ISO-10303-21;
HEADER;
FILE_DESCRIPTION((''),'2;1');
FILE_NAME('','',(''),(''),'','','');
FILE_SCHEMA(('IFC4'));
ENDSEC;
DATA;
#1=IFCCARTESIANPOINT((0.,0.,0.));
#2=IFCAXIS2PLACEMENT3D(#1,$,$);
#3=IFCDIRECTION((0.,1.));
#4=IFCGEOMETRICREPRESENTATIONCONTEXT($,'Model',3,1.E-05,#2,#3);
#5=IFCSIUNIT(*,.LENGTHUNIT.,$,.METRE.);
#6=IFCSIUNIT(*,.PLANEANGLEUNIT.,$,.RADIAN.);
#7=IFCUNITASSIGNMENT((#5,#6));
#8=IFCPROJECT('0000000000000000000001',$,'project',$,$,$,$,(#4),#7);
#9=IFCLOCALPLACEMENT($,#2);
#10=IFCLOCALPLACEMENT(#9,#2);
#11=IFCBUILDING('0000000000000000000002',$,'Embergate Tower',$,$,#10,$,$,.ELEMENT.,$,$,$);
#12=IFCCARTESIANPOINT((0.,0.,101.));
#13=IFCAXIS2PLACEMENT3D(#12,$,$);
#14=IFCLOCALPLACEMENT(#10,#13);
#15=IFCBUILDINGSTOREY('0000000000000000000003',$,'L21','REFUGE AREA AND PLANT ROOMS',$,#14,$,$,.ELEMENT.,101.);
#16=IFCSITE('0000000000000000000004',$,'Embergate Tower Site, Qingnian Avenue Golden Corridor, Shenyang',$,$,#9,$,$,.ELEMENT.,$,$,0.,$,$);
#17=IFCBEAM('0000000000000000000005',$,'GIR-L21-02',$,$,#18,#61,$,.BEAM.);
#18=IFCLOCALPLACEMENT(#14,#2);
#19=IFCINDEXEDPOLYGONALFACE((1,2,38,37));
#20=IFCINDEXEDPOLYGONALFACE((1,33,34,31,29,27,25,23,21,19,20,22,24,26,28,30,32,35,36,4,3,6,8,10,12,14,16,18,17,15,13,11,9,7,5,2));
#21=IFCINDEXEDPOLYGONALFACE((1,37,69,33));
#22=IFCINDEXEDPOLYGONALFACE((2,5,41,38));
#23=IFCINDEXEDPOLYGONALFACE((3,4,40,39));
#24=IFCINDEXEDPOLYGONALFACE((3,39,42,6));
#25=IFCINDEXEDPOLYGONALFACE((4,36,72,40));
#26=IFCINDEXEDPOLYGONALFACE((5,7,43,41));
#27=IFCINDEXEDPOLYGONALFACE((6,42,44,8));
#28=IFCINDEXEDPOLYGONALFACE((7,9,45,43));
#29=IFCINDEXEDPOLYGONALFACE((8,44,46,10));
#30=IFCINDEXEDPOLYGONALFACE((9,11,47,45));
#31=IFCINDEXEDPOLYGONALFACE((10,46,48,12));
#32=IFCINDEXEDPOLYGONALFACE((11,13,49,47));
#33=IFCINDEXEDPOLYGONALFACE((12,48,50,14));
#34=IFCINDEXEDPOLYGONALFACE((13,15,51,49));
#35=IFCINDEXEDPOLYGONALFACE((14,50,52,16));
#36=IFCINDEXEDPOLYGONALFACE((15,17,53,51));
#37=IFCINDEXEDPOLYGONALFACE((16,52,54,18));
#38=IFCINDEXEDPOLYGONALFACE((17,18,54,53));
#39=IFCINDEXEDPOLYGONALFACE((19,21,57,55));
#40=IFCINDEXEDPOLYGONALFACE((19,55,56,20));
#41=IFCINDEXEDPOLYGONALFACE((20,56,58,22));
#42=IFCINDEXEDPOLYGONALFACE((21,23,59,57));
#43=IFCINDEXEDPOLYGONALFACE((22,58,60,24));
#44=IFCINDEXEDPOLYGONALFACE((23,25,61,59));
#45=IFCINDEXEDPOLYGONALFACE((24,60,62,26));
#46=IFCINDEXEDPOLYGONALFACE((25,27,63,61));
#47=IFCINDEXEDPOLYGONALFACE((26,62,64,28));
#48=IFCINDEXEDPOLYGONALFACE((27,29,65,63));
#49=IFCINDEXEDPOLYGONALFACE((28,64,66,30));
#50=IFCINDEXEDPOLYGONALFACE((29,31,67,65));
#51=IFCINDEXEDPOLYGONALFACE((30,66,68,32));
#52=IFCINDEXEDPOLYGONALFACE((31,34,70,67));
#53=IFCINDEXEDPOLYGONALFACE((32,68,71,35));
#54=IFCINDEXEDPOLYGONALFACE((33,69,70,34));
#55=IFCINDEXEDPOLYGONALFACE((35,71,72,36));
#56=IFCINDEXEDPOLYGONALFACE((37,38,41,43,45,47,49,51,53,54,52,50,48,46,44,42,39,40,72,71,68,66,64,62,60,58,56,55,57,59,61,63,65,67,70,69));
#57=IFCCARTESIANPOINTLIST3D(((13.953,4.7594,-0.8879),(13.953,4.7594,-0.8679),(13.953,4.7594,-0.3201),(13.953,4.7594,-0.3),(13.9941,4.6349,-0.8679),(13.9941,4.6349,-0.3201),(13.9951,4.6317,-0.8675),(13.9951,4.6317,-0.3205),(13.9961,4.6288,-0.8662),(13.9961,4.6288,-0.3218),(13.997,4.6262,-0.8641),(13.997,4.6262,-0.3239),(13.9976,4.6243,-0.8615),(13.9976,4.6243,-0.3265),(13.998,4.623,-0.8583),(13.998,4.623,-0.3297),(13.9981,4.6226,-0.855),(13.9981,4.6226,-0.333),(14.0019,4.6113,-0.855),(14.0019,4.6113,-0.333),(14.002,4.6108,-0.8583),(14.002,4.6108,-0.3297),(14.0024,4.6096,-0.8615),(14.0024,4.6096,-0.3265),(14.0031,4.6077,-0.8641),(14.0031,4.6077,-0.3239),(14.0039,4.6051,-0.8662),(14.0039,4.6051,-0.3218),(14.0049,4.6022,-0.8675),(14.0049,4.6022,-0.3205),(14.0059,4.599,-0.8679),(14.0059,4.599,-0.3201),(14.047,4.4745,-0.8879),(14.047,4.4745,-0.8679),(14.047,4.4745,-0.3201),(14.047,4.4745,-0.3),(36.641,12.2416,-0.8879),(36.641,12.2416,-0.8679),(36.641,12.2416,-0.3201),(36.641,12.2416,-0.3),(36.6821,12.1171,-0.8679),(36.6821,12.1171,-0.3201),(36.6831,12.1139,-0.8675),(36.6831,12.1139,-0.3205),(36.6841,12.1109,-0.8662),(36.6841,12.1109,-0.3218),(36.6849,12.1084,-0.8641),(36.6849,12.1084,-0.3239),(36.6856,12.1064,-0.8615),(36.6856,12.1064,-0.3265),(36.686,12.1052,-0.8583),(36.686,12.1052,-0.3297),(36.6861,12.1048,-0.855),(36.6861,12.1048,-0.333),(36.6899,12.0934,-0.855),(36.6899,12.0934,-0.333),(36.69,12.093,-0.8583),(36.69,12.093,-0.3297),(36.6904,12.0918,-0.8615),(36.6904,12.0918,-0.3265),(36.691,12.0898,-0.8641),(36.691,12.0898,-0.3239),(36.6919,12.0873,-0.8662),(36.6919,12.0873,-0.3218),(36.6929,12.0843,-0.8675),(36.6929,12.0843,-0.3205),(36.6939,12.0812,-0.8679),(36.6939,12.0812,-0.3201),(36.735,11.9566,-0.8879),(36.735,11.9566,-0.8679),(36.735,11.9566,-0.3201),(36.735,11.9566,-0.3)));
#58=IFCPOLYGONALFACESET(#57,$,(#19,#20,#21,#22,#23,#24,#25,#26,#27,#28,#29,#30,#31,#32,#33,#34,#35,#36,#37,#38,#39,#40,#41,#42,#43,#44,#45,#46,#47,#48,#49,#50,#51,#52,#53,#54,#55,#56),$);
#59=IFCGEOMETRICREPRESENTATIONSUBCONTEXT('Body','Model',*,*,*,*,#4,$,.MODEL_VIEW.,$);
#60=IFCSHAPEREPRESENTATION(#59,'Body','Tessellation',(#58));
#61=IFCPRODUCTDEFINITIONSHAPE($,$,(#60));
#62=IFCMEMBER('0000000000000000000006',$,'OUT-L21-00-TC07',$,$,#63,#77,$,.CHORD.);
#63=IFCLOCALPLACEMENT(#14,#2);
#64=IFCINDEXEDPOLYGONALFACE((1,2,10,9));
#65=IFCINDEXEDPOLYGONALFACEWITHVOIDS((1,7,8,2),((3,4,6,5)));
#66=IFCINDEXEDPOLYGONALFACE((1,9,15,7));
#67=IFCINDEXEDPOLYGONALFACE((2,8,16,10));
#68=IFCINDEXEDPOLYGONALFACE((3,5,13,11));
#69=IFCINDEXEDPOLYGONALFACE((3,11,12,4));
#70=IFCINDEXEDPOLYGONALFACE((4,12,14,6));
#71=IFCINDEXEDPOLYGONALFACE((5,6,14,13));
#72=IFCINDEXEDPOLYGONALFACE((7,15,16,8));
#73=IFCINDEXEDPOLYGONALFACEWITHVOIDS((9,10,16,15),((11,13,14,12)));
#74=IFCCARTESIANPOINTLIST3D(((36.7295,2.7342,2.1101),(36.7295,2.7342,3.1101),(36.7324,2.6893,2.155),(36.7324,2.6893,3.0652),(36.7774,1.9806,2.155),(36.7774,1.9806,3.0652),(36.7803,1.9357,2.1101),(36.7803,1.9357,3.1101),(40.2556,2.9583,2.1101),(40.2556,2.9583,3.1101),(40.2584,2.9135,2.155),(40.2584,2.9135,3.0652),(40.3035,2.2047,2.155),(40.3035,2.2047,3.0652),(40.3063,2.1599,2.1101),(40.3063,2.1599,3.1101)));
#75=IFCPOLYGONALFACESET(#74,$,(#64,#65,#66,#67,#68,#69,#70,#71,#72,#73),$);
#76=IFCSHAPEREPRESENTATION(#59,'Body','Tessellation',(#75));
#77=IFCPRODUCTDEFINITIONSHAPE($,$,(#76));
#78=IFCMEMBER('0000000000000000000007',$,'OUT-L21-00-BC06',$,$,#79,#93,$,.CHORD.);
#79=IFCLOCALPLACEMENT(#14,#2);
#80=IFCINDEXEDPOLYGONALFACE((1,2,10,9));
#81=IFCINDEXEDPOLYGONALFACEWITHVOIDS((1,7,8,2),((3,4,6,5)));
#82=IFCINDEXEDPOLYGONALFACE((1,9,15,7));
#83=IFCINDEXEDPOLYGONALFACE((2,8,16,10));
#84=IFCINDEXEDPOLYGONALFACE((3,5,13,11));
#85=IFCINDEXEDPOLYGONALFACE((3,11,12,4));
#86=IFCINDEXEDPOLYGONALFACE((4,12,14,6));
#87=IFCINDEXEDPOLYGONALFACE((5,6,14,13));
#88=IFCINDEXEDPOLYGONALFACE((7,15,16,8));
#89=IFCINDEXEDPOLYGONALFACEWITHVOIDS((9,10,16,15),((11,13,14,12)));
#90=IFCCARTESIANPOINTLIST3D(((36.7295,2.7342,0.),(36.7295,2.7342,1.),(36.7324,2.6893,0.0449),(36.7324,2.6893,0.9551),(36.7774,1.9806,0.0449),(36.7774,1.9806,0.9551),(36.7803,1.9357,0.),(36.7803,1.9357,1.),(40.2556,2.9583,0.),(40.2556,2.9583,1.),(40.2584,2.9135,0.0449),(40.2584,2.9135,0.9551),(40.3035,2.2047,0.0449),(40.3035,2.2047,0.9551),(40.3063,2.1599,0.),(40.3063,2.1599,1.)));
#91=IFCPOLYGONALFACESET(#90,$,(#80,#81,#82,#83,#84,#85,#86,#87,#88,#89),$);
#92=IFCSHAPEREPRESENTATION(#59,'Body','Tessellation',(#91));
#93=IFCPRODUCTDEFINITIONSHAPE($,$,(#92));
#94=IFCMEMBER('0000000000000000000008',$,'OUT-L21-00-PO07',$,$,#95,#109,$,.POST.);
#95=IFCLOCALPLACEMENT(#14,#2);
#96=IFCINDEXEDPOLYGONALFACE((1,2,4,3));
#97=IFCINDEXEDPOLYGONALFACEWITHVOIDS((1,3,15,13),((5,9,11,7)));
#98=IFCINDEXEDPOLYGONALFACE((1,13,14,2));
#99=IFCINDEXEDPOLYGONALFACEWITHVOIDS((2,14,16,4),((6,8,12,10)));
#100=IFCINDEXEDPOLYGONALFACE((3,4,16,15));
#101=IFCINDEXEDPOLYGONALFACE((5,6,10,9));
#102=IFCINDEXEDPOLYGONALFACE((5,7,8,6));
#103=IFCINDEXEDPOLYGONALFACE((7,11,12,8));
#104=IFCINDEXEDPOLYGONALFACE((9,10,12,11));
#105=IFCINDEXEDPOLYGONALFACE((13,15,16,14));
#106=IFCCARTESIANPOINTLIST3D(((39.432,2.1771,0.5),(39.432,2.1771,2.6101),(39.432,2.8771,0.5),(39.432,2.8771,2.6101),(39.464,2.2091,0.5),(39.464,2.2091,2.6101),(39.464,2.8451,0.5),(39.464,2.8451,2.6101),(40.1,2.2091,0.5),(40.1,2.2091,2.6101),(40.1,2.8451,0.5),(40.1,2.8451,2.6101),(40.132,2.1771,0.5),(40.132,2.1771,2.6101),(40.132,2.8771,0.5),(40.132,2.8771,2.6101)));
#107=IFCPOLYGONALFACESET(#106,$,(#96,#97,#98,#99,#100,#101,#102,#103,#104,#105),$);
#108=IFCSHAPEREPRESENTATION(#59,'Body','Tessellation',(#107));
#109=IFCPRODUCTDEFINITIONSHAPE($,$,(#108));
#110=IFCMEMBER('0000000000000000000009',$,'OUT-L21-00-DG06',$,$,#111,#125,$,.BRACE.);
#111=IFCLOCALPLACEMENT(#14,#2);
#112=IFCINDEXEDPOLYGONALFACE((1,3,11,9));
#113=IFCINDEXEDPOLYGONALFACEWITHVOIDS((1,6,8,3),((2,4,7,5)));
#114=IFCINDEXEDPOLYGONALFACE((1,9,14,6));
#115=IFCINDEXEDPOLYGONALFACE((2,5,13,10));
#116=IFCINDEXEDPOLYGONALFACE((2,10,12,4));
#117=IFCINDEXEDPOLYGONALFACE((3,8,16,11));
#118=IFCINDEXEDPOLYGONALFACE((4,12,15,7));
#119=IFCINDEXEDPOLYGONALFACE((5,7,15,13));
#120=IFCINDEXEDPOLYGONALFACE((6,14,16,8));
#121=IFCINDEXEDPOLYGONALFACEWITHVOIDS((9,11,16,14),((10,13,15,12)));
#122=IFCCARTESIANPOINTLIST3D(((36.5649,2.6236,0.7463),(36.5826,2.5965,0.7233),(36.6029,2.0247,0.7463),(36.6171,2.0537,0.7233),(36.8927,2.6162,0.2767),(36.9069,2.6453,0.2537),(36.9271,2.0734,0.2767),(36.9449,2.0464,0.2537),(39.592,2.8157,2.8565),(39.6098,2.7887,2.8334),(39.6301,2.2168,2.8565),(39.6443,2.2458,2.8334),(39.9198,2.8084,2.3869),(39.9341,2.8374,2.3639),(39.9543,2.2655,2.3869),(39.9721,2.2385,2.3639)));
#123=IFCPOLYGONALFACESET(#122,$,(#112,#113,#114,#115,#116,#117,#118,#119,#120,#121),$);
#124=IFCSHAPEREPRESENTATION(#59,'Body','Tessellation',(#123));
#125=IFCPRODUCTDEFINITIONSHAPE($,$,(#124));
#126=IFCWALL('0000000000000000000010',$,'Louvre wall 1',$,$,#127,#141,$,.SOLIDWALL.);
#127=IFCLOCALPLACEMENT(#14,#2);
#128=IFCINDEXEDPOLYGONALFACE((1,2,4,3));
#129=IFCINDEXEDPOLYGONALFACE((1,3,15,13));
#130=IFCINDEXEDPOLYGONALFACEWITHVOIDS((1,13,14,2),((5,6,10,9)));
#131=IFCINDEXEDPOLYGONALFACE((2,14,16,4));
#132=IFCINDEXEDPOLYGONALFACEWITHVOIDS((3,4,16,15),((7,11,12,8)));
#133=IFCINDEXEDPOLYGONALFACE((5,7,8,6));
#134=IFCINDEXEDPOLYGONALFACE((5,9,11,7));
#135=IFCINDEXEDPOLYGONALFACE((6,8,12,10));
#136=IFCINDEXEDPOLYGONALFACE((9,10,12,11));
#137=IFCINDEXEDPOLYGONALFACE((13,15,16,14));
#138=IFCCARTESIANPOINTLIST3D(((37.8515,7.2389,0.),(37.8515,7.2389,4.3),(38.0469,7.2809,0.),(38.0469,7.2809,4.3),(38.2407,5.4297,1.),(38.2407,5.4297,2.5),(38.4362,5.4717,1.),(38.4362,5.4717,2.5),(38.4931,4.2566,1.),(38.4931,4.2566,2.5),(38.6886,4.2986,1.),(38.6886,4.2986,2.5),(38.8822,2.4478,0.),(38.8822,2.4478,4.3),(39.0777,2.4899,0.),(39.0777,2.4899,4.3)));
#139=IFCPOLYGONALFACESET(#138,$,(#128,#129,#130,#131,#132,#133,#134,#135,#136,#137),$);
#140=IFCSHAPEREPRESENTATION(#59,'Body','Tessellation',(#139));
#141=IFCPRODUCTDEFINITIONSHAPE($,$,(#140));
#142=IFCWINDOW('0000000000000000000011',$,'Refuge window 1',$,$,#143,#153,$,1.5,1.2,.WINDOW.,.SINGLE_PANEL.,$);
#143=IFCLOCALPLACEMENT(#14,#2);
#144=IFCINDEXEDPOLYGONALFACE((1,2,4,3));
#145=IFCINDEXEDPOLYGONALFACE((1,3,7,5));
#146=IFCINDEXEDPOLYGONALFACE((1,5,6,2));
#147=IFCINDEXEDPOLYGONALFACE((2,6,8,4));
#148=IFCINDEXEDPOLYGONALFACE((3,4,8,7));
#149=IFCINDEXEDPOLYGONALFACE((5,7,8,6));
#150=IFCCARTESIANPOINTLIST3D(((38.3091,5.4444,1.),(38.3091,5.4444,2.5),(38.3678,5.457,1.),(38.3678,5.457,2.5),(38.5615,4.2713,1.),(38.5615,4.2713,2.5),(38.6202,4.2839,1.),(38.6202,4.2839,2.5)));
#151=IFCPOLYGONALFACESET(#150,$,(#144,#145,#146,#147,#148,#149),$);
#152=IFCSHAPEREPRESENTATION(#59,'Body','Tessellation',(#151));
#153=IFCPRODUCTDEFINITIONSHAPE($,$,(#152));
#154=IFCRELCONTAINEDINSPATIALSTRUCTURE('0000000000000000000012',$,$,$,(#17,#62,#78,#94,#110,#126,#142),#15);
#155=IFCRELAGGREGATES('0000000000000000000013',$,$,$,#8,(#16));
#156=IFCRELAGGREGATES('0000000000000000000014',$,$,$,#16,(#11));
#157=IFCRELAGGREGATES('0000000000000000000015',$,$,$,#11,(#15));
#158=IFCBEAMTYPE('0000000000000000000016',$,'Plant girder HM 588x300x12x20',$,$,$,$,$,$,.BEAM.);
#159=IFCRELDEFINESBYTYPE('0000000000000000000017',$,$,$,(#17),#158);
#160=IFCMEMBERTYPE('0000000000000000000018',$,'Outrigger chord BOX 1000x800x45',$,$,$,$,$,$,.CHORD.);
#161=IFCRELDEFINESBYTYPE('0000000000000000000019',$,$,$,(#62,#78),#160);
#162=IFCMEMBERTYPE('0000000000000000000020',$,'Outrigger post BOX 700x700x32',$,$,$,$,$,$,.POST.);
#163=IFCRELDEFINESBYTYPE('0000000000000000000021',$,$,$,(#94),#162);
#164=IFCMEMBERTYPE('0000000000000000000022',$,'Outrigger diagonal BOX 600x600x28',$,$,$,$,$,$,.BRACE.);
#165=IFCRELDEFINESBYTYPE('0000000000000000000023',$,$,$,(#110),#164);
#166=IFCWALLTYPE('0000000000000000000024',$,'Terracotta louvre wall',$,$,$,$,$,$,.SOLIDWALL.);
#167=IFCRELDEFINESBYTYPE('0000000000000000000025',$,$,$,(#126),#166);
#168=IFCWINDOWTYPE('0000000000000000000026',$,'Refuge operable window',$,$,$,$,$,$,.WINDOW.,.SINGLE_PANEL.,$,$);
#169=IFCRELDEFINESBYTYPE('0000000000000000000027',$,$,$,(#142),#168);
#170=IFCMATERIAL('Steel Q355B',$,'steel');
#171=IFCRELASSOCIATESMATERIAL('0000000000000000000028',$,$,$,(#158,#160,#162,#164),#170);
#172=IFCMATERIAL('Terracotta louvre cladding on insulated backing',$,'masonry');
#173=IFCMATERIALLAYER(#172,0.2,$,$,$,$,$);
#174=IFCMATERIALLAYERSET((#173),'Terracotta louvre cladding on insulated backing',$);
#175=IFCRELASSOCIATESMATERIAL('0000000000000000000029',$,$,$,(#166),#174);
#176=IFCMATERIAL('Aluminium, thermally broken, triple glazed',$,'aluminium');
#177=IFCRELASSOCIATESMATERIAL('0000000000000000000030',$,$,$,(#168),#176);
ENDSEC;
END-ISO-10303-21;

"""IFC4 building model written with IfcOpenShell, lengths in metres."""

from ifc_helpers import new_model, si_unit, direction, frame, frame_2d, origin, origin_2d, place, context, subcontext, project, spatial, rectangle, hollow_rectangle, i_section, extrude, source, transform, mapped, material, layer, layer_set, material_profile, profile_set, type_object, element, fill, save


model = new_model("IFC4")

# Units and contexts
model_context = context("Model", 3, precision=1e-05, world=origin(), true_north=direction((0.0, 1.0)))
body_context = subcontext(model_context, "Body", "Model", "MODEL_VIEW")
ifc_project = project(units=[si_unit("LENGTHUNIT", "METRE"), si_unit("PLANEANGLEUNIT", "RADIAN")], contexts=[model_context])

# Site, building, storey
site_placement = place(None, origin())
site = spatial("IfcSite", under=ifc_project, at=site_placement, Name="Embergate Tower Site, Qingnian Avenue Golden Corridor, Shenyang", CompositionType="ELEMENT", RefElevation=0.0)
building_placement = place(site_placement, origin())
building = spatial("IfcBuilding", under=site, at=building_placement, Name="Embergate Tower", CompositionType="ELEMENT")
storey_placement = place(building_placement, frame((0.0, 0.0, 101.0)))
storey = spatial("IfcBuildingStorey", under=building, at=storey_placement, Name="L21", Description="REFUGE AREA AND PLANT ROOMS", CompositionType="ELEMENT", Elevation=101.0)

# Beam
ifc_material_1 = material(Name="Steel Q355B", Category="steel")
ifc_material_profile_1 = material_profile(ifc_material_1, i_section(OverallWidth=0.3, OverallDepth=0.5879, WebThickness=0.012, FlangeThickness=0.02, FilletRadius=0.0129, at=origin_2d()), Name="HM 588x300x12x20")
ifc_profile_set_1 = profile_set([ifc_material_profile_1], Name="Steel Q355 grade B")
beam_type_1 = type_object("IfcBeamType", Name="Plant girder HM 588x300x12x20", PredefinedType="BEAM", material=ifc_profile_set_1)
shared_shape_1 = source(origin(), body_context, "Body", "SweptSolid", [
    extrude(i_section(OverallWidth=0.3, OverallDepth=0.5879, WebThickness=0.012, FlangeThickness=0.02, FilletRadius=0.0129, at=origin_2d()), origin(), (0.0, 0.0, 1.0), 23.8899),
])
beam_1_placement = place(storey_placement, frame((36.688, 12.0991, -0.594), z_axis=(-0.949689, -0.313194, 0.0), x_axis=(0.313194, -0.949689, 0.0)))
element("IfcBeam", 1, at=beam_1_placement, inside=storey, type_object=beam_type_1, Name="GIR-L21-02", PredefinedType="BEAM", context=body_context, shape_type="MappedRepresentation", body=[
    mapped(shared_shape_1, transform((0.0, 0.0, 0.0))),
])

# Members
ifc_material_profile_2 = material_profile(ifc_material_1, hollow_rectangle(XDim=0.8, YDim=1.0, WallThickness=0.0449, at=origin_2d()), Name="BOX 1000x800x45")
ifc_profile_set_2 = profile_set([ifc_material_profile_2], Name="Steel Q355 grade B")
member_type_1 = type_object("IfcMemberType", Name="Outrigger chord BOX 1000x800x45", PredefinedType="CHORD", material=ifc_profile_set_2)
shared_shape_2 = source(origin(), body_context, "Body", "SweptSolid", [
    extrude(hollow_rectangle(XDim=0.8, YDim=1.0, WallThickness=0.0449, at=origin_2d()), origin(), (0.0, 0.0, 1.0), 3.5332),
])
for number, where, z_axis, x_axis, name in (
    (2, (36.7549, 2.335, 2.6101), (0.997986, 0.063432, 0.0), (-0.063432, 0.997986, 0.0), "OUT-L21-00-TC07"),
    (3, (36.7549, 2.335, 0.5), (0.997986, 0.063432, 0.0), (-0.063432, 0.997986, 0.0), "OUT-L21-00-BC06"),
):
    element("IfcMember", number, at=place(storey_placement, frame(where, z_axis=z_axis, x_axis=x_axis)), inside=storey, type_object=member_type_1, Name=name, PredefinedType="CHORD", context=body_context, shape_type="MappedRepresentation", body=[
        mapped(shared_shape_2, transform((0.0, 0.0, 0.0))),
    ])
ifc_material_profile_3 = material_profile(ifc_material_1, hollow_rectangle(XDim=0.7, YDim=0.7, WallThickness=0.032, at=origin_2d()), Name="BOX 700x700x32")
ifc_profile_set_3 = profile_set([ifc_material_profile_3], Name="Steel Q355 grade B")
member_type_2 = type_object("IfcMemberType", Name="Outrigger post BOX 700x700x32", PredefinedType="POST", material=ifc_profile_set_3)
shared_shape_3 = source(origin(), body_context, "Body", "SweptSolid", [
    extrude(hollow_rectangle(XDim=0.7, YDim=0.7, WallThickness=0.032, at=origin_2d()), origin(), (0.0, 0.0, 1.0), 2.1101),
])
member_1_placement = place(storey_placement, frame((39.782, 2.5271, 0.5), z_axis=(0.0, 0.0, 1.0), x_axis=(1.0, 0.0, 0.0)))
element("IfcMember", 4, at=member_1_placement, inside=storey, type_object=member_type_2, Name="OUT-L21-00-PO07", PredefinedType="POST", context=body_context, shape_type="MappedRepresentation", body=[
    mapped(shared_shape_3, transform((0.0, 0.0, 0.0))),
])
ifc_material_profile_4 = material_profile(ifc_material_1, hollow_rectangle(XDim=0.6001, YDim=0.6001, WallThickness=0.0281, at=origin_2d()), Name="BOX 600x600x28")
ifc_profile_set_4 = profile_set([ifc_material_profile_4], Name="Steel Q355 grade B")
member_type_3 = type_object("IfcMemberType", Name="Outrigger diagonal BOX 600x600x28", PredefinedType="BRACE", material=ifc_profile_set_4)
shared_shape_4 = source(origin(), body_context, "Body", "SweptSolid", [
    extrude(hollow_rectangle(XDim=0.6001, YDim=0.6001, WallThickness=0.0281, at=origin_2d()), origin(), (0.0, 0.0, 1.0), 3.6951),
])
member_2_placement = place(storey_placement, frame((36.7549, 2.335, 0.5), z_axis=(0.819249, 0.052, 0.571076), x_axis=(-0.063345, 0.997992, 0.0)))
element("IfcMember", 5, at=member_2_placement, inside=storey, type_object=member_type_3, Name="OUT-L21-00-DG06", PredefinedType="BRACE", context=body_context, shape_type="MappedRepresentation", body=[
    mapped(shared_shape_4, transform((0.0, 0.0, 0.0))),
])

# Wall, opening, window
ifc_material_2 = material(Name="Terracotta louvre cladding on insulated backing", Category="masonry")
ifc_layer_1 = layer(ifc_material_2, 0.2)
ifc_layer_set_1 = layer_set([ifc_layer_1], Name="Terracotta louvre cladding on insulated backing")
wall_type_1 = type_object("IfcWallType", Name="Terracotta louvre wall", PredefinedType="SOLIDWALL", material=ifc_layer_set_1)
shared_shape_5 = source(origin(), body_context, "Body", "SweptSolid", [
    extrude(rectangle(XDim=4.9006, YDim=0.2, at=frame_2d((2.4502, 0.0))), origin(), (0.0, 0.0, 1.0), 4.3),
])
wall_1_placement = place(storey_placement, frame((37.9492, 7.2598, 0.0), z_axis=(0.0, 0.0, 1.0), x_axis=(0.210332, -0.97763, 0.0)))
wall_1 = element("IfcWall", 6, at=wall_1_placement, inside=storey, type_object=wall_type_1, Name="Louvre wall 1", PredefinedType="SOLIDWALL", context=body_context, shape_type="MappedRepresentation", body=[
    mapped(shared_shape_5, transform((0.0, 0.0, 0.0))),
])
shared_shape_6 = source(origin(), body_context, "Body", "SweptSolid", [
    extrude(rectangle(XDim=1.2, YDim=1.5, at=frame_2d((0.6001, 0.75))), frame((0.0, 0.1099, 0.0), z_axis=(0.0, -1.0, 0.0), x_axis=(1.0, 0.0, 0.0)), (0.0, 0.0, 1.0), 0.22),
])
opening_1_placement = place(wall_1_placement, frame((1.8503, 0.0, 1.0)))
opening_1 = element("IfcOpeningElement", 7, at=opening_1_placement, cuts=wall_1, PredefinedType="OPENING", context=body_context, shape_type="MappedRepresentation", body=[
    mapped(shared_shape_6, transform((0.0, 0.0, 0.0))),
])
ifc_material_3 = material(Name="Aluminium, thermally broken, triple glazed", Category="aluminium")
window_type = type_object("IfcWindowType", Name="Refuge operable window", PartitioningType="SINGLE_PANEL", PredefinedType="WINDOW", material=ifc_material_3)
shared_shape_7 = source(origin(), body_context, "Body", "SweptSolid", [
    extrude(rectangle(XDim=1.2, YDim=1.5, at=frame_2d((0.6001, 0.75))), frame((0.0, 0.03, 0.0), z_axis=(0.0, -1.0, 0.0), x_axis=(1.0, 0.0, 0.0)), (0.0, 0.0, 1.0), 0.0601),
])
window_1_placement = place(opening_1_placement, origin())
window_1 = element("IfcWindow", 8, at=window_1_placement, inside=storey, type_object=window_type, Name="Refuge window 1", OverallHeight=1.5, OverallWidth=1.2, PartitioningType="SINGLE_PANEL", PredefinedType="WINDOW", context=body_context, shape_type="MappedRepresentation", body=[
    mapped(shared_shape_7, transform((0.0, 0.0, 0.0))),
])
fill(opening_1, window_1)

save(model, "model.ifc")
